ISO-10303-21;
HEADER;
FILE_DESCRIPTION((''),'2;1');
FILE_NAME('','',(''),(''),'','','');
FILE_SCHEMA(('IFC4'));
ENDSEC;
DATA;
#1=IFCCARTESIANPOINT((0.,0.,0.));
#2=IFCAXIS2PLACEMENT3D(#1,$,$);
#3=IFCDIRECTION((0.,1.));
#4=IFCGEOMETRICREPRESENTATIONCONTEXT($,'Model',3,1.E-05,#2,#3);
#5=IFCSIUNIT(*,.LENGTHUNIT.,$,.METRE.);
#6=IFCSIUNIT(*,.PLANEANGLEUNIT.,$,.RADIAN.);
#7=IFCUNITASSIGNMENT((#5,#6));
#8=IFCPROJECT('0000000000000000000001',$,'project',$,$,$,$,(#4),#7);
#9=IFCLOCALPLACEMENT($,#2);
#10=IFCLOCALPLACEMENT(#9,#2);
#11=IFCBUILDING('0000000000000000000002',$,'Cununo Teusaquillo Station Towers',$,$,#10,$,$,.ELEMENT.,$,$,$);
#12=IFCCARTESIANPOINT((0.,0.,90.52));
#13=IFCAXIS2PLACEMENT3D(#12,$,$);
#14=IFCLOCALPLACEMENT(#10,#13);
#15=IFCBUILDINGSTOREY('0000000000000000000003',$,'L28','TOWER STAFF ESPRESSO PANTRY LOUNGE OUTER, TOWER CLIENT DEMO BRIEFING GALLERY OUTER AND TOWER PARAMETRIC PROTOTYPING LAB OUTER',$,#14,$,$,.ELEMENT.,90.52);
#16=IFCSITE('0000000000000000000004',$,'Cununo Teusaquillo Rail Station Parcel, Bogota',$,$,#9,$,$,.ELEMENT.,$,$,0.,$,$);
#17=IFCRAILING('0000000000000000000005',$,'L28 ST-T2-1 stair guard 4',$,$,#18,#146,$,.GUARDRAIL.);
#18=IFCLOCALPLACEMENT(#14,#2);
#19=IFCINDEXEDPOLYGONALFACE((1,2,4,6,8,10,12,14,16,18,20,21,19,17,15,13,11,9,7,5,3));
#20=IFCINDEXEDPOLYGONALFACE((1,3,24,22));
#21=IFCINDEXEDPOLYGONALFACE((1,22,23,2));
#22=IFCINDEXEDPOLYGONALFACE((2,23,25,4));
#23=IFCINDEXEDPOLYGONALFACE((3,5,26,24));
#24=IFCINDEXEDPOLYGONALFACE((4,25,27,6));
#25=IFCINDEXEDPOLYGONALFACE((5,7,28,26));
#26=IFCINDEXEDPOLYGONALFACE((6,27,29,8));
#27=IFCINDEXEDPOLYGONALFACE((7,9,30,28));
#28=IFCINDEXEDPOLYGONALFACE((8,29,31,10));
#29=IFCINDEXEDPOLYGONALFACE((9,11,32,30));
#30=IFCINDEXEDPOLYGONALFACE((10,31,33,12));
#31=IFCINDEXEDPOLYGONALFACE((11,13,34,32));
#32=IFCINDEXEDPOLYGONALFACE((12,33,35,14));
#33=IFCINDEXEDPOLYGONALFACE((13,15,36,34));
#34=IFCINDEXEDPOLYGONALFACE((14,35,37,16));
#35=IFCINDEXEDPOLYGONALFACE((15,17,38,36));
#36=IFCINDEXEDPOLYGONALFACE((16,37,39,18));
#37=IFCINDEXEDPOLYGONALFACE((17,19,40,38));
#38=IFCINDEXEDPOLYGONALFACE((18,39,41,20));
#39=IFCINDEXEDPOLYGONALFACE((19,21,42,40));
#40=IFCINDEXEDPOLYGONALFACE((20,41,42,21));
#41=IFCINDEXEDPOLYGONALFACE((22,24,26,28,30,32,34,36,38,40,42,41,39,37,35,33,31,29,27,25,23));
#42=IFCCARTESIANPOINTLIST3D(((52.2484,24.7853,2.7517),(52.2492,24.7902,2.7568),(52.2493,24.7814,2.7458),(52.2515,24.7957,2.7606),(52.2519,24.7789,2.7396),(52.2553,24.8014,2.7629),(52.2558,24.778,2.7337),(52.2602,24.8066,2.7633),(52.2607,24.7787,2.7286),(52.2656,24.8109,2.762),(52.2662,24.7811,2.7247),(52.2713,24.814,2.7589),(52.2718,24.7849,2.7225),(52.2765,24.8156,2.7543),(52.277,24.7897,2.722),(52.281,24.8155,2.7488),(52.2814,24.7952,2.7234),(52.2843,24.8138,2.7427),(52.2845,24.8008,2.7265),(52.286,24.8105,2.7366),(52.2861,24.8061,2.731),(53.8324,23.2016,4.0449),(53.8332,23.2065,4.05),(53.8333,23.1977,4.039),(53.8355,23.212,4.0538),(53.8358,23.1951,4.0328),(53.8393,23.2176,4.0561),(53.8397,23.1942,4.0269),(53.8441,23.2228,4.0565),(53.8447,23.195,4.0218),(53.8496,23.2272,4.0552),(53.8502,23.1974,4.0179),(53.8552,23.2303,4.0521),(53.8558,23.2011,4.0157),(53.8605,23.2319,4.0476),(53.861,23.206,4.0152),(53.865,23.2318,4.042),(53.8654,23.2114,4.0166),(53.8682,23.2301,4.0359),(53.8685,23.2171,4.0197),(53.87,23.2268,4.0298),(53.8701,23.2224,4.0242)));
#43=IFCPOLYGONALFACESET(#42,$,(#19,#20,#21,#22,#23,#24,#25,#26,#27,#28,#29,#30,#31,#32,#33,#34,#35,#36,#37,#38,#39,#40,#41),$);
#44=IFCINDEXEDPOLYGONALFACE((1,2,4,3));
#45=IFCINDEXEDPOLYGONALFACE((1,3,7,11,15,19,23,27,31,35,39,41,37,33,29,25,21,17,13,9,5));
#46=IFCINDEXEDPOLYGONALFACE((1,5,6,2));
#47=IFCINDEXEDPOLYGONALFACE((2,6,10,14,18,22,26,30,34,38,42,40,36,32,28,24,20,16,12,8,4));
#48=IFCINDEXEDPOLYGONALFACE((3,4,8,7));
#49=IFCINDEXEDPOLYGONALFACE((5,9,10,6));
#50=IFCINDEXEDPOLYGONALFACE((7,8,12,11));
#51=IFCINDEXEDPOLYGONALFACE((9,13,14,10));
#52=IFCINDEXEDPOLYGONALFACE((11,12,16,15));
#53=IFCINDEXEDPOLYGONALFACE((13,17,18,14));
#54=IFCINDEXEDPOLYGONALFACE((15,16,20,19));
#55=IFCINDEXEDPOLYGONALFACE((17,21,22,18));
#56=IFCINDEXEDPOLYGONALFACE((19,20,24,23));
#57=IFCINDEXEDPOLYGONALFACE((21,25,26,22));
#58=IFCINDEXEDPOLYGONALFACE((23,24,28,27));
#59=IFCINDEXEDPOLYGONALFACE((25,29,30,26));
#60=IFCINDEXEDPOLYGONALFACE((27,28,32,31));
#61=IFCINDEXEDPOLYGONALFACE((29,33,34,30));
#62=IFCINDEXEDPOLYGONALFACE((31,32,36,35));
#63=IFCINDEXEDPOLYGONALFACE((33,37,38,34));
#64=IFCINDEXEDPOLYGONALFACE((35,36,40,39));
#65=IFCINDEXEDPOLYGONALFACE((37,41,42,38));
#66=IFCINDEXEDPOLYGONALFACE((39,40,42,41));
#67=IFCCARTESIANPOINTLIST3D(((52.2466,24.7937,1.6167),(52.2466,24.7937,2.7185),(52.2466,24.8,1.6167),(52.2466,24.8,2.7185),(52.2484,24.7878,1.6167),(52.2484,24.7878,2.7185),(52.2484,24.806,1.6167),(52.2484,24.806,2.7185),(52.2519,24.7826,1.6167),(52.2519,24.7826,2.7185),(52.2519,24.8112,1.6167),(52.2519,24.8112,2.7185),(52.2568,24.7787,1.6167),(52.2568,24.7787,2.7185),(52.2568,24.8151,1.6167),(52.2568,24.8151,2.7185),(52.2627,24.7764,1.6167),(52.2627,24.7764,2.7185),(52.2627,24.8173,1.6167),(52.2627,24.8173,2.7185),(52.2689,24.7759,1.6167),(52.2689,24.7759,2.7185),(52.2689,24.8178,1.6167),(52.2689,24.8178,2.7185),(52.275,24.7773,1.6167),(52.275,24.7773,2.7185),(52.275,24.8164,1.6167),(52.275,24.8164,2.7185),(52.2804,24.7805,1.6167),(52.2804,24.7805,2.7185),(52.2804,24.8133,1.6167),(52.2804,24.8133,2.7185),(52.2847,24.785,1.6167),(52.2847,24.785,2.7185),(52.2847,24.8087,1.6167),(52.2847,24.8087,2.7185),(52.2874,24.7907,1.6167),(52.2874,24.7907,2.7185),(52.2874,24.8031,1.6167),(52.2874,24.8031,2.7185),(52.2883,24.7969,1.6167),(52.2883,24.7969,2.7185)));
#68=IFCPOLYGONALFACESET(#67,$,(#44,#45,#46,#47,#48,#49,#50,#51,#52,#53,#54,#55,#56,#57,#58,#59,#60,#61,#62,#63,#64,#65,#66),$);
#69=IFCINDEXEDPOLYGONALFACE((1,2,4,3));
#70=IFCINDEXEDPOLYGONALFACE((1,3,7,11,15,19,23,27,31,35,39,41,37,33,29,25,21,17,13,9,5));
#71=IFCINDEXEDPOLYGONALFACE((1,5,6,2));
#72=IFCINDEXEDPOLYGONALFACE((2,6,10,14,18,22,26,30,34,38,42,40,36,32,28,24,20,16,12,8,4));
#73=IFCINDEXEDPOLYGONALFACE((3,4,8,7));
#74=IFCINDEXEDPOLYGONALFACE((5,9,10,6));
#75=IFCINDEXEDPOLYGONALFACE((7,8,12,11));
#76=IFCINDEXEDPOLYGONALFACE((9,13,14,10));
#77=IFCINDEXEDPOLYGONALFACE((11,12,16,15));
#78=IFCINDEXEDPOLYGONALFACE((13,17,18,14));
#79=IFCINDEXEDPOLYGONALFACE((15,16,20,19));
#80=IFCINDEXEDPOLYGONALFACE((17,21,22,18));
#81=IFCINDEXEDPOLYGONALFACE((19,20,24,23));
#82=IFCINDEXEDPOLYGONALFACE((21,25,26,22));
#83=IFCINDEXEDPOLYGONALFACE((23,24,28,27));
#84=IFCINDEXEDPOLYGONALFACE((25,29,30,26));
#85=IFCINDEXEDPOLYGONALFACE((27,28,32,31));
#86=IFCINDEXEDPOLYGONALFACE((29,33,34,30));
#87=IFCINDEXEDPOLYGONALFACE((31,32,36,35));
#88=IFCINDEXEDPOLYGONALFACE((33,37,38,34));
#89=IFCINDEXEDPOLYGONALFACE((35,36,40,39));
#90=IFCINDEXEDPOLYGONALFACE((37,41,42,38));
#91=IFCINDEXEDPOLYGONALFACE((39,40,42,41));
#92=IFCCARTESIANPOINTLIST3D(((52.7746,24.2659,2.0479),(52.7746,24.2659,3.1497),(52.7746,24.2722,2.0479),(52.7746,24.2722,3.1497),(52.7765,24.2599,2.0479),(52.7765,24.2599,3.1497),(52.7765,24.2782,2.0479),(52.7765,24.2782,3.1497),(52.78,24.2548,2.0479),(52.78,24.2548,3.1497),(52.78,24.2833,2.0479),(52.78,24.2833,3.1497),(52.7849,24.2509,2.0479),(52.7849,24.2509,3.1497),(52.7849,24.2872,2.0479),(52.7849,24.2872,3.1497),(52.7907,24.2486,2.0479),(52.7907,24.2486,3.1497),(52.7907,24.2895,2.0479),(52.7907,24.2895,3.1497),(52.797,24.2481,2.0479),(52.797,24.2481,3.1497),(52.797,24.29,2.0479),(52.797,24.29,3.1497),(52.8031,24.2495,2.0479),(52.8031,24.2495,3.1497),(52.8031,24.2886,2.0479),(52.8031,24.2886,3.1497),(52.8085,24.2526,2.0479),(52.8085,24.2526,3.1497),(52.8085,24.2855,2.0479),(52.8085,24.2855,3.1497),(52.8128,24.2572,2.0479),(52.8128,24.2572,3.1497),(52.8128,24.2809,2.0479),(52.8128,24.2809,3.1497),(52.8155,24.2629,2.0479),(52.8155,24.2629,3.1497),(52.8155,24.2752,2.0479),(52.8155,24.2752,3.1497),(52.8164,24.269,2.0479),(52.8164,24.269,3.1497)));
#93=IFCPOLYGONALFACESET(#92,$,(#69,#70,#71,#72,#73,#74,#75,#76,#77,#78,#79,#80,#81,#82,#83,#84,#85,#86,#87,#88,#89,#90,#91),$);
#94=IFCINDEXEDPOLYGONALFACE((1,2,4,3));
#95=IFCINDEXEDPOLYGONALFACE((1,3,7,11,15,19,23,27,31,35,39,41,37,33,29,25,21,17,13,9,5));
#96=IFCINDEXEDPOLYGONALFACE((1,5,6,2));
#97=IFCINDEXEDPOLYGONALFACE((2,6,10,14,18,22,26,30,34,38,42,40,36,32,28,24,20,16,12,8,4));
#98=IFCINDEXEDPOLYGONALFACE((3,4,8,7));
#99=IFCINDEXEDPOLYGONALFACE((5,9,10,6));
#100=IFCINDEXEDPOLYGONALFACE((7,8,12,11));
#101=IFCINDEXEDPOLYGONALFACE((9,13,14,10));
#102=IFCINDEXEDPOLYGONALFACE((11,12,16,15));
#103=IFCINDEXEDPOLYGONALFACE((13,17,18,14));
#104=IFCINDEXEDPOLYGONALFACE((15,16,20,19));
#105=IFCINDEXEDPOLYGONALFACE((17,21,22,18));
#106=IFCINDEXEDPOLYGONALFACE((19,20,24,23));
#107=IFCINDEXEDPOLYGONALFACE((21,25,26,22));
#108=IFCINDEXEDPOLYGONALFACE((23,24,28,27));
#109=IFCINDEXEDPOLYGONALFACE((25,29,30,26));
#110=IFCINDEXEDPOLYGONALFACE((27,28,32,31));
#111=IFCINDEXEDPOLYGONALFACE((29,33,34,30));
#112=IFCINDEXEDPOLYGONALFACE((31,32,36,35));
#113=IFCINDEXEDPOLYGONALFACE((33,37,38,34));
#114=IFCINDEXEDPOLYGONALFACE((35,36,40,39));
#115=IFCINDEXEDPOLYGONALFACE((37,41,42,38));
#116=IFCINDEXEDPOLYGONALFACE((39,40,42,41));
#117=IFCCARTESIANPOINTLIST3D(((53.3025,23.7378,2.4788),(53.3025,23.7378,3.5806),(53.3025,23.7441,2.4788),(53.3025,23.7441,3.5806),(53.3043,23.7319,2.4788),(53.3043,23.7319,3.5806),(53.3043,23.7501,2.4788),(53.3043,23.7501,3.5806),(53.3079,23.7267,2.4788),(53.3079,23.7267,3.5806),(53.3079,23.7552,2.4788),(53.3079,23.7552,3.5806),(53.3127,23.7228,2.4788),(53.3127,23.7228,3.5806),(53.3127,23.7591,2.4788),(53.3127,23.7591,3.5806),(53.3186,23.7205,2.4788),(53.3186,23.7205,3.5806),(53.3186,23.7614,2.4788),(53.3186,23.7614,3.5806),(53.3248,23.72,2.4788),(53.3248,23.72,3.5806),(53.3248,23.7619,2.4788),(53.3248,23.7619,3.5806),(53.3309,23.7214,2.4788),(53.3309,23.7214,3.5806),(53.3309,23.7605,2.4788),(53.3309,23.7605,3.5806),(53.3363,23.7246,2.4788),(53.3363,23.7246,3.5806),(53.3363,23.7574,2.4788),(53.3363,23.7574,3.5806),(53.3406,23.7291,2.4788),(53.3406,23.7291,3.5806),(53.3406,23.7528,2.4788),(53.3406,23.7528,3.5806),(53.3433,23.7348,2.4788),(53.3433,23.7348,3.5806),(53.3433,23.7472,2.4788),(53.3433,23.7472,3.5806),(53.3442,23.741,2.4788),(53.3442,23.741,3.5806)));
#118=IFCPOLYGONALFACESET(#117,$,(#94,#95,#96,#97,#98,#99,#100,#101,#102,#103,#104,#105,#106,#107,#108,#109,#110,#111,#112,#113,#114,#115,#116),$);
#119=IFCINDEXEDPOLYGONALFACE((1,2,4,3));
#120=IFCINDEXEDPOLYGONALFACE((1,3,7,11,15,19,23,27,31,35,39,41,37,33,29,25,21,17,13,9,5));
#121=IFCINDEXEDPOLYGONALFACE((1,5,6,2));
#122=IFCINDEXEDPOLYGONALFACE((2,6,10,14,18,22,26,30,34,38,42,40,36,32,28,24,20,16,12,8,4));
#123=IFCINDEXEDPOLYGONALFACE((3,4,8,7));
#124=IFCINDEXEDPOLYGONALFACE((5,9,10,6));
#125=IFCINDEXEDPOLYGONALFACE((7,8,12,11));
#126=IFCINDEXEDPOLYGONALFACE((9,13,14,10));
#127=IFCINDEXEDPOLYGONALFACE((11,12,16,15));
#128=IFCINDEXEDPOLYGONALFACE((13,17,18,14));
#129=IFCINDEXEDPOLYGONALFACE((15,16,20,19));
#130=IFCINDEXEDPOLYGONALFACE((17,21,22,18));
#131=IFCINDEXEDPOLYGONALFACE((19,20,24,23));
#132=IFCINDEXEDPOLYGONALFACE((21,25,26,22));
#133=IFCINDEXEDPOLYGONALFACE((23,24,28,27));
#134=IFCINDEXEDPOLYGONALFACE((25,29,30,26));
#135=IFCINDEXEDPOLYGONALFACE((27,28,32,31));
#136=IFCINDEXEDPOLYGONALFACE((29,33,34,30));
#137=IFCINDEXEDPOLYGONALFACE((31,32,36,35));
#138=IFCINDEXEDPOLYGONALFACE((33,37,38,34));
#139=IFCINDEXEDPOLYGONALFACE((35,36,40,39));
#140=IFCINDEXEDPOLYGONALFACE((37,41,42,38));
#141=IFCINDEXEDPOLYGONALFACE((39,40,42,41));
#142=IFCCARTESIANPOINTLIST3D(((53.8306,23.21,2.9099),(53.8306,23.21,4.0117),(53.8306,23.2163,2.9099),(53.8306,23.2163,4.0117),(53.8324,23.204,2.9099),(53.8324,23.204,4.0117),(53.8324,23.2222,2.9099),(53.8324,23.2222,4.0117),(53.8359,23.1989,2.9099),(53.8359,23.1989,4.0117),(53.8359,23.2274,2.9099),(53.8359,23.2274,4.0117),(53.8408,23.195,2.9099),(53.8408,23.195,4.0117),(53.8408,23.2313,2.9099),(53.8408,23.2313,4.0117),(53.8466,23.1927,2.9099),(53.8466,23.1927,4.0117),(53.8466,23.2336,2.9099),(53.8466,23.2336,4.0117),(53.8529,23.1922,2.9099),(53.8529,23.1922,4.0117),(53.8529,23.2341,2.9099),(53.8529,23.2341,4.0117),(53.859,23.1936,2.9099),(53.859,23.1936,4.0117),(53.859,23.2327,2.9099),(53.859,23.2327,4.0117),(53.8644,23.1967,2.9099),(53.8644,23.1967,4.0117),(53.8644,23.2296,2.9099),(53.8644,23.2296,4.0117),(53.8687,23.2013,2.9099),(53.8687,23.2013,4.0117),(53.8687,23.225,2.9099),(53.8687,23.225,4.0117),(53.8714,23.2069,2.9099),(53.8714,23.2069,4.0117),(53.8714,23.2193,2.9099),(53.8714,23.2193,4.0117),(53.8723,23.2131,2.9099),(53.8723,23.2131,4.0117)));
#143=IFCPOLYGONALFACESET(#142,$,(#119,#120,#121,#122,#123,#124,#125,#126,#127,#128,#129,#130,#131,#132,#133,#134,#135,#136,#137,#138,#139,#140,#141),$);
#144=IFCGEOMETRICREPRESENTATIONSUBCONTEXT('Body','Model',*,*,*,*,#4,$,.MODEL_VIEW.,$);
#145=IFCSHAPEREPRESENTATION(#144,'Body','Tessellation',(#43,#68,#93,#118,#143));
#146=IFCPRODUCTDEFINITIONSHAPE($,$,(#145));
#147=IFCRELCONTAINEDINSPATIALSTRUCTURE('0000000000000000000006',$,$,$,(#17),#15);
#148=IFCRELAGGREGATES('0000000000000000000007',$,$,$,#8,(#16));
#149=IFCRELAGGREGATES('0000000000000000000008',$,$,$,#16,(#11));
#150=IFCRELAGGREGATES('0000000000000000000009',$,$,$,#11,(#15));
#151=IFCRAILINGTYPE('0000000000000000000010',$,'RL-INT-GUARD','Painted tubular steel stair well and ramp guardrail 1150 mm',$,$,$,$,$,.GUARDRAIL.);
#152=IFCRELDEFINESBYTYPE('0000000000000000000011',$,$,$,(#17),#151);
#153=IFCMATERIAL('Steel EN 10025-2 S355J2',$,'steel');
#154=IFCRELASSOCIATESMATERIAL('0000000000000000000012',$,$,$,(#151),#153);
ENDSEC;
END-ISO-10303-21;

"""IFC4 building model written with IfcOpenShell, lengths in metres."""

from ifc_helpers import new_model, si_unit, direction, frame, origin, origin_2d, place, context, subcontext, project, spatial, circle, extrude, material, type_object, element, save


model = new_model("IFC4")

# Units and contexts
model_context = context("Model", 3, precision=1e-05, world=origin(), true_north=direction((0.0, 1.0)))
body_context = subcontext(model_context, "Body", "Model", "MODEL_VIEW")
ifc_project = project(units=[si_unit("LENGTHUNIT", "METRE"), si_unit("PLANEANGLEUNIT", "RADIAN")], contexts=[model_context])

# Site, building, storey
site_placement = place(None, origin())
site = spatial("IfcSite", under=ifc_project, at=site_placement, Name="Cununo Teusaquillo Rail Station Parcel, Bogota", CompositionType="ELEMENT", RefElevation=0.0)
building_placement = place(site_placement, origin())
building = spatial("IfcBuilding", under=site, at=building_placement, Name="Cununo Teusaquillo Station Towers", CompositionType="ELEMENT")
storey_placement = place(building_placement, frame((0.0, 0.0, 90.52)))
storey = spatial("IfcBuildingStorey", under=building, at=storey_placement, Name="L28", Description="TOWER STAFF ESPRESSO PANTRY LOUNGE OUTER, TOWER CLIENT DEMO BRIEFING GALLERY OUTER AND TOWER PARAMETRIC PROTOTYPING LAB OUTER", CompositionType="ELEMENT", Elevation=90.52)

# Railing
ifc_material_1 = material(Name="Steel EN 10025-2 S355J2", Category="steel")
railing_type_1 = type_object("IfcRailingType", Name="RL-INT-GUARD", Description="Painted tubular steel stair well and ramp guardrail 1150 mm", PredefinedType="GUARDRAIL", material=ifc_material_1)
railing_1_placement = place(storey_placement, frame((52.2673, 24.7969, 1.6167)))
element("IfcRailing", 1, at=railing_1_placement, inside=storey, type_object=railing_type_1, Name="L28 ST-T2-1 stair guard 4", PredefinedType="GUARDRAIL", context=body_context, shape_type="SweptSolid", body=[
    extrude(circle(Radius=0.0239, at=origin_2d()), frame((0.0, 0.0, 1.126), z_axis=(0.61242, -0.612326, 0.499998), x_axis=(0.707052, 0.707161, 0.0)), (0.0, 0.0, 1.0), 2.5864),
    extrude(circle(Radius=0.021, at=origin_2d()), origin(), (0.0, 0.0, 1.0), 1.1018),
    extrude(circle(Radius=0.021, at=origin_2d()), frame((0.5281, -0.5278, 0.4312)), (0.0, 0.0, 1.0), 1.1018),
    extrude(circle(Radius=0.021, at=origin_2d()), frame((1.0559, -1.0559, 0.8621)), (0.0, 0.0, 1.0), 1.1018),
    extrude(circle(Radius=0.021, at=origin_2d()), frame((1.584, -1.5837, 1.2932)), (0.0, 0.0, 1.0), 1.1018),
])

save(model, "model.ifc")
